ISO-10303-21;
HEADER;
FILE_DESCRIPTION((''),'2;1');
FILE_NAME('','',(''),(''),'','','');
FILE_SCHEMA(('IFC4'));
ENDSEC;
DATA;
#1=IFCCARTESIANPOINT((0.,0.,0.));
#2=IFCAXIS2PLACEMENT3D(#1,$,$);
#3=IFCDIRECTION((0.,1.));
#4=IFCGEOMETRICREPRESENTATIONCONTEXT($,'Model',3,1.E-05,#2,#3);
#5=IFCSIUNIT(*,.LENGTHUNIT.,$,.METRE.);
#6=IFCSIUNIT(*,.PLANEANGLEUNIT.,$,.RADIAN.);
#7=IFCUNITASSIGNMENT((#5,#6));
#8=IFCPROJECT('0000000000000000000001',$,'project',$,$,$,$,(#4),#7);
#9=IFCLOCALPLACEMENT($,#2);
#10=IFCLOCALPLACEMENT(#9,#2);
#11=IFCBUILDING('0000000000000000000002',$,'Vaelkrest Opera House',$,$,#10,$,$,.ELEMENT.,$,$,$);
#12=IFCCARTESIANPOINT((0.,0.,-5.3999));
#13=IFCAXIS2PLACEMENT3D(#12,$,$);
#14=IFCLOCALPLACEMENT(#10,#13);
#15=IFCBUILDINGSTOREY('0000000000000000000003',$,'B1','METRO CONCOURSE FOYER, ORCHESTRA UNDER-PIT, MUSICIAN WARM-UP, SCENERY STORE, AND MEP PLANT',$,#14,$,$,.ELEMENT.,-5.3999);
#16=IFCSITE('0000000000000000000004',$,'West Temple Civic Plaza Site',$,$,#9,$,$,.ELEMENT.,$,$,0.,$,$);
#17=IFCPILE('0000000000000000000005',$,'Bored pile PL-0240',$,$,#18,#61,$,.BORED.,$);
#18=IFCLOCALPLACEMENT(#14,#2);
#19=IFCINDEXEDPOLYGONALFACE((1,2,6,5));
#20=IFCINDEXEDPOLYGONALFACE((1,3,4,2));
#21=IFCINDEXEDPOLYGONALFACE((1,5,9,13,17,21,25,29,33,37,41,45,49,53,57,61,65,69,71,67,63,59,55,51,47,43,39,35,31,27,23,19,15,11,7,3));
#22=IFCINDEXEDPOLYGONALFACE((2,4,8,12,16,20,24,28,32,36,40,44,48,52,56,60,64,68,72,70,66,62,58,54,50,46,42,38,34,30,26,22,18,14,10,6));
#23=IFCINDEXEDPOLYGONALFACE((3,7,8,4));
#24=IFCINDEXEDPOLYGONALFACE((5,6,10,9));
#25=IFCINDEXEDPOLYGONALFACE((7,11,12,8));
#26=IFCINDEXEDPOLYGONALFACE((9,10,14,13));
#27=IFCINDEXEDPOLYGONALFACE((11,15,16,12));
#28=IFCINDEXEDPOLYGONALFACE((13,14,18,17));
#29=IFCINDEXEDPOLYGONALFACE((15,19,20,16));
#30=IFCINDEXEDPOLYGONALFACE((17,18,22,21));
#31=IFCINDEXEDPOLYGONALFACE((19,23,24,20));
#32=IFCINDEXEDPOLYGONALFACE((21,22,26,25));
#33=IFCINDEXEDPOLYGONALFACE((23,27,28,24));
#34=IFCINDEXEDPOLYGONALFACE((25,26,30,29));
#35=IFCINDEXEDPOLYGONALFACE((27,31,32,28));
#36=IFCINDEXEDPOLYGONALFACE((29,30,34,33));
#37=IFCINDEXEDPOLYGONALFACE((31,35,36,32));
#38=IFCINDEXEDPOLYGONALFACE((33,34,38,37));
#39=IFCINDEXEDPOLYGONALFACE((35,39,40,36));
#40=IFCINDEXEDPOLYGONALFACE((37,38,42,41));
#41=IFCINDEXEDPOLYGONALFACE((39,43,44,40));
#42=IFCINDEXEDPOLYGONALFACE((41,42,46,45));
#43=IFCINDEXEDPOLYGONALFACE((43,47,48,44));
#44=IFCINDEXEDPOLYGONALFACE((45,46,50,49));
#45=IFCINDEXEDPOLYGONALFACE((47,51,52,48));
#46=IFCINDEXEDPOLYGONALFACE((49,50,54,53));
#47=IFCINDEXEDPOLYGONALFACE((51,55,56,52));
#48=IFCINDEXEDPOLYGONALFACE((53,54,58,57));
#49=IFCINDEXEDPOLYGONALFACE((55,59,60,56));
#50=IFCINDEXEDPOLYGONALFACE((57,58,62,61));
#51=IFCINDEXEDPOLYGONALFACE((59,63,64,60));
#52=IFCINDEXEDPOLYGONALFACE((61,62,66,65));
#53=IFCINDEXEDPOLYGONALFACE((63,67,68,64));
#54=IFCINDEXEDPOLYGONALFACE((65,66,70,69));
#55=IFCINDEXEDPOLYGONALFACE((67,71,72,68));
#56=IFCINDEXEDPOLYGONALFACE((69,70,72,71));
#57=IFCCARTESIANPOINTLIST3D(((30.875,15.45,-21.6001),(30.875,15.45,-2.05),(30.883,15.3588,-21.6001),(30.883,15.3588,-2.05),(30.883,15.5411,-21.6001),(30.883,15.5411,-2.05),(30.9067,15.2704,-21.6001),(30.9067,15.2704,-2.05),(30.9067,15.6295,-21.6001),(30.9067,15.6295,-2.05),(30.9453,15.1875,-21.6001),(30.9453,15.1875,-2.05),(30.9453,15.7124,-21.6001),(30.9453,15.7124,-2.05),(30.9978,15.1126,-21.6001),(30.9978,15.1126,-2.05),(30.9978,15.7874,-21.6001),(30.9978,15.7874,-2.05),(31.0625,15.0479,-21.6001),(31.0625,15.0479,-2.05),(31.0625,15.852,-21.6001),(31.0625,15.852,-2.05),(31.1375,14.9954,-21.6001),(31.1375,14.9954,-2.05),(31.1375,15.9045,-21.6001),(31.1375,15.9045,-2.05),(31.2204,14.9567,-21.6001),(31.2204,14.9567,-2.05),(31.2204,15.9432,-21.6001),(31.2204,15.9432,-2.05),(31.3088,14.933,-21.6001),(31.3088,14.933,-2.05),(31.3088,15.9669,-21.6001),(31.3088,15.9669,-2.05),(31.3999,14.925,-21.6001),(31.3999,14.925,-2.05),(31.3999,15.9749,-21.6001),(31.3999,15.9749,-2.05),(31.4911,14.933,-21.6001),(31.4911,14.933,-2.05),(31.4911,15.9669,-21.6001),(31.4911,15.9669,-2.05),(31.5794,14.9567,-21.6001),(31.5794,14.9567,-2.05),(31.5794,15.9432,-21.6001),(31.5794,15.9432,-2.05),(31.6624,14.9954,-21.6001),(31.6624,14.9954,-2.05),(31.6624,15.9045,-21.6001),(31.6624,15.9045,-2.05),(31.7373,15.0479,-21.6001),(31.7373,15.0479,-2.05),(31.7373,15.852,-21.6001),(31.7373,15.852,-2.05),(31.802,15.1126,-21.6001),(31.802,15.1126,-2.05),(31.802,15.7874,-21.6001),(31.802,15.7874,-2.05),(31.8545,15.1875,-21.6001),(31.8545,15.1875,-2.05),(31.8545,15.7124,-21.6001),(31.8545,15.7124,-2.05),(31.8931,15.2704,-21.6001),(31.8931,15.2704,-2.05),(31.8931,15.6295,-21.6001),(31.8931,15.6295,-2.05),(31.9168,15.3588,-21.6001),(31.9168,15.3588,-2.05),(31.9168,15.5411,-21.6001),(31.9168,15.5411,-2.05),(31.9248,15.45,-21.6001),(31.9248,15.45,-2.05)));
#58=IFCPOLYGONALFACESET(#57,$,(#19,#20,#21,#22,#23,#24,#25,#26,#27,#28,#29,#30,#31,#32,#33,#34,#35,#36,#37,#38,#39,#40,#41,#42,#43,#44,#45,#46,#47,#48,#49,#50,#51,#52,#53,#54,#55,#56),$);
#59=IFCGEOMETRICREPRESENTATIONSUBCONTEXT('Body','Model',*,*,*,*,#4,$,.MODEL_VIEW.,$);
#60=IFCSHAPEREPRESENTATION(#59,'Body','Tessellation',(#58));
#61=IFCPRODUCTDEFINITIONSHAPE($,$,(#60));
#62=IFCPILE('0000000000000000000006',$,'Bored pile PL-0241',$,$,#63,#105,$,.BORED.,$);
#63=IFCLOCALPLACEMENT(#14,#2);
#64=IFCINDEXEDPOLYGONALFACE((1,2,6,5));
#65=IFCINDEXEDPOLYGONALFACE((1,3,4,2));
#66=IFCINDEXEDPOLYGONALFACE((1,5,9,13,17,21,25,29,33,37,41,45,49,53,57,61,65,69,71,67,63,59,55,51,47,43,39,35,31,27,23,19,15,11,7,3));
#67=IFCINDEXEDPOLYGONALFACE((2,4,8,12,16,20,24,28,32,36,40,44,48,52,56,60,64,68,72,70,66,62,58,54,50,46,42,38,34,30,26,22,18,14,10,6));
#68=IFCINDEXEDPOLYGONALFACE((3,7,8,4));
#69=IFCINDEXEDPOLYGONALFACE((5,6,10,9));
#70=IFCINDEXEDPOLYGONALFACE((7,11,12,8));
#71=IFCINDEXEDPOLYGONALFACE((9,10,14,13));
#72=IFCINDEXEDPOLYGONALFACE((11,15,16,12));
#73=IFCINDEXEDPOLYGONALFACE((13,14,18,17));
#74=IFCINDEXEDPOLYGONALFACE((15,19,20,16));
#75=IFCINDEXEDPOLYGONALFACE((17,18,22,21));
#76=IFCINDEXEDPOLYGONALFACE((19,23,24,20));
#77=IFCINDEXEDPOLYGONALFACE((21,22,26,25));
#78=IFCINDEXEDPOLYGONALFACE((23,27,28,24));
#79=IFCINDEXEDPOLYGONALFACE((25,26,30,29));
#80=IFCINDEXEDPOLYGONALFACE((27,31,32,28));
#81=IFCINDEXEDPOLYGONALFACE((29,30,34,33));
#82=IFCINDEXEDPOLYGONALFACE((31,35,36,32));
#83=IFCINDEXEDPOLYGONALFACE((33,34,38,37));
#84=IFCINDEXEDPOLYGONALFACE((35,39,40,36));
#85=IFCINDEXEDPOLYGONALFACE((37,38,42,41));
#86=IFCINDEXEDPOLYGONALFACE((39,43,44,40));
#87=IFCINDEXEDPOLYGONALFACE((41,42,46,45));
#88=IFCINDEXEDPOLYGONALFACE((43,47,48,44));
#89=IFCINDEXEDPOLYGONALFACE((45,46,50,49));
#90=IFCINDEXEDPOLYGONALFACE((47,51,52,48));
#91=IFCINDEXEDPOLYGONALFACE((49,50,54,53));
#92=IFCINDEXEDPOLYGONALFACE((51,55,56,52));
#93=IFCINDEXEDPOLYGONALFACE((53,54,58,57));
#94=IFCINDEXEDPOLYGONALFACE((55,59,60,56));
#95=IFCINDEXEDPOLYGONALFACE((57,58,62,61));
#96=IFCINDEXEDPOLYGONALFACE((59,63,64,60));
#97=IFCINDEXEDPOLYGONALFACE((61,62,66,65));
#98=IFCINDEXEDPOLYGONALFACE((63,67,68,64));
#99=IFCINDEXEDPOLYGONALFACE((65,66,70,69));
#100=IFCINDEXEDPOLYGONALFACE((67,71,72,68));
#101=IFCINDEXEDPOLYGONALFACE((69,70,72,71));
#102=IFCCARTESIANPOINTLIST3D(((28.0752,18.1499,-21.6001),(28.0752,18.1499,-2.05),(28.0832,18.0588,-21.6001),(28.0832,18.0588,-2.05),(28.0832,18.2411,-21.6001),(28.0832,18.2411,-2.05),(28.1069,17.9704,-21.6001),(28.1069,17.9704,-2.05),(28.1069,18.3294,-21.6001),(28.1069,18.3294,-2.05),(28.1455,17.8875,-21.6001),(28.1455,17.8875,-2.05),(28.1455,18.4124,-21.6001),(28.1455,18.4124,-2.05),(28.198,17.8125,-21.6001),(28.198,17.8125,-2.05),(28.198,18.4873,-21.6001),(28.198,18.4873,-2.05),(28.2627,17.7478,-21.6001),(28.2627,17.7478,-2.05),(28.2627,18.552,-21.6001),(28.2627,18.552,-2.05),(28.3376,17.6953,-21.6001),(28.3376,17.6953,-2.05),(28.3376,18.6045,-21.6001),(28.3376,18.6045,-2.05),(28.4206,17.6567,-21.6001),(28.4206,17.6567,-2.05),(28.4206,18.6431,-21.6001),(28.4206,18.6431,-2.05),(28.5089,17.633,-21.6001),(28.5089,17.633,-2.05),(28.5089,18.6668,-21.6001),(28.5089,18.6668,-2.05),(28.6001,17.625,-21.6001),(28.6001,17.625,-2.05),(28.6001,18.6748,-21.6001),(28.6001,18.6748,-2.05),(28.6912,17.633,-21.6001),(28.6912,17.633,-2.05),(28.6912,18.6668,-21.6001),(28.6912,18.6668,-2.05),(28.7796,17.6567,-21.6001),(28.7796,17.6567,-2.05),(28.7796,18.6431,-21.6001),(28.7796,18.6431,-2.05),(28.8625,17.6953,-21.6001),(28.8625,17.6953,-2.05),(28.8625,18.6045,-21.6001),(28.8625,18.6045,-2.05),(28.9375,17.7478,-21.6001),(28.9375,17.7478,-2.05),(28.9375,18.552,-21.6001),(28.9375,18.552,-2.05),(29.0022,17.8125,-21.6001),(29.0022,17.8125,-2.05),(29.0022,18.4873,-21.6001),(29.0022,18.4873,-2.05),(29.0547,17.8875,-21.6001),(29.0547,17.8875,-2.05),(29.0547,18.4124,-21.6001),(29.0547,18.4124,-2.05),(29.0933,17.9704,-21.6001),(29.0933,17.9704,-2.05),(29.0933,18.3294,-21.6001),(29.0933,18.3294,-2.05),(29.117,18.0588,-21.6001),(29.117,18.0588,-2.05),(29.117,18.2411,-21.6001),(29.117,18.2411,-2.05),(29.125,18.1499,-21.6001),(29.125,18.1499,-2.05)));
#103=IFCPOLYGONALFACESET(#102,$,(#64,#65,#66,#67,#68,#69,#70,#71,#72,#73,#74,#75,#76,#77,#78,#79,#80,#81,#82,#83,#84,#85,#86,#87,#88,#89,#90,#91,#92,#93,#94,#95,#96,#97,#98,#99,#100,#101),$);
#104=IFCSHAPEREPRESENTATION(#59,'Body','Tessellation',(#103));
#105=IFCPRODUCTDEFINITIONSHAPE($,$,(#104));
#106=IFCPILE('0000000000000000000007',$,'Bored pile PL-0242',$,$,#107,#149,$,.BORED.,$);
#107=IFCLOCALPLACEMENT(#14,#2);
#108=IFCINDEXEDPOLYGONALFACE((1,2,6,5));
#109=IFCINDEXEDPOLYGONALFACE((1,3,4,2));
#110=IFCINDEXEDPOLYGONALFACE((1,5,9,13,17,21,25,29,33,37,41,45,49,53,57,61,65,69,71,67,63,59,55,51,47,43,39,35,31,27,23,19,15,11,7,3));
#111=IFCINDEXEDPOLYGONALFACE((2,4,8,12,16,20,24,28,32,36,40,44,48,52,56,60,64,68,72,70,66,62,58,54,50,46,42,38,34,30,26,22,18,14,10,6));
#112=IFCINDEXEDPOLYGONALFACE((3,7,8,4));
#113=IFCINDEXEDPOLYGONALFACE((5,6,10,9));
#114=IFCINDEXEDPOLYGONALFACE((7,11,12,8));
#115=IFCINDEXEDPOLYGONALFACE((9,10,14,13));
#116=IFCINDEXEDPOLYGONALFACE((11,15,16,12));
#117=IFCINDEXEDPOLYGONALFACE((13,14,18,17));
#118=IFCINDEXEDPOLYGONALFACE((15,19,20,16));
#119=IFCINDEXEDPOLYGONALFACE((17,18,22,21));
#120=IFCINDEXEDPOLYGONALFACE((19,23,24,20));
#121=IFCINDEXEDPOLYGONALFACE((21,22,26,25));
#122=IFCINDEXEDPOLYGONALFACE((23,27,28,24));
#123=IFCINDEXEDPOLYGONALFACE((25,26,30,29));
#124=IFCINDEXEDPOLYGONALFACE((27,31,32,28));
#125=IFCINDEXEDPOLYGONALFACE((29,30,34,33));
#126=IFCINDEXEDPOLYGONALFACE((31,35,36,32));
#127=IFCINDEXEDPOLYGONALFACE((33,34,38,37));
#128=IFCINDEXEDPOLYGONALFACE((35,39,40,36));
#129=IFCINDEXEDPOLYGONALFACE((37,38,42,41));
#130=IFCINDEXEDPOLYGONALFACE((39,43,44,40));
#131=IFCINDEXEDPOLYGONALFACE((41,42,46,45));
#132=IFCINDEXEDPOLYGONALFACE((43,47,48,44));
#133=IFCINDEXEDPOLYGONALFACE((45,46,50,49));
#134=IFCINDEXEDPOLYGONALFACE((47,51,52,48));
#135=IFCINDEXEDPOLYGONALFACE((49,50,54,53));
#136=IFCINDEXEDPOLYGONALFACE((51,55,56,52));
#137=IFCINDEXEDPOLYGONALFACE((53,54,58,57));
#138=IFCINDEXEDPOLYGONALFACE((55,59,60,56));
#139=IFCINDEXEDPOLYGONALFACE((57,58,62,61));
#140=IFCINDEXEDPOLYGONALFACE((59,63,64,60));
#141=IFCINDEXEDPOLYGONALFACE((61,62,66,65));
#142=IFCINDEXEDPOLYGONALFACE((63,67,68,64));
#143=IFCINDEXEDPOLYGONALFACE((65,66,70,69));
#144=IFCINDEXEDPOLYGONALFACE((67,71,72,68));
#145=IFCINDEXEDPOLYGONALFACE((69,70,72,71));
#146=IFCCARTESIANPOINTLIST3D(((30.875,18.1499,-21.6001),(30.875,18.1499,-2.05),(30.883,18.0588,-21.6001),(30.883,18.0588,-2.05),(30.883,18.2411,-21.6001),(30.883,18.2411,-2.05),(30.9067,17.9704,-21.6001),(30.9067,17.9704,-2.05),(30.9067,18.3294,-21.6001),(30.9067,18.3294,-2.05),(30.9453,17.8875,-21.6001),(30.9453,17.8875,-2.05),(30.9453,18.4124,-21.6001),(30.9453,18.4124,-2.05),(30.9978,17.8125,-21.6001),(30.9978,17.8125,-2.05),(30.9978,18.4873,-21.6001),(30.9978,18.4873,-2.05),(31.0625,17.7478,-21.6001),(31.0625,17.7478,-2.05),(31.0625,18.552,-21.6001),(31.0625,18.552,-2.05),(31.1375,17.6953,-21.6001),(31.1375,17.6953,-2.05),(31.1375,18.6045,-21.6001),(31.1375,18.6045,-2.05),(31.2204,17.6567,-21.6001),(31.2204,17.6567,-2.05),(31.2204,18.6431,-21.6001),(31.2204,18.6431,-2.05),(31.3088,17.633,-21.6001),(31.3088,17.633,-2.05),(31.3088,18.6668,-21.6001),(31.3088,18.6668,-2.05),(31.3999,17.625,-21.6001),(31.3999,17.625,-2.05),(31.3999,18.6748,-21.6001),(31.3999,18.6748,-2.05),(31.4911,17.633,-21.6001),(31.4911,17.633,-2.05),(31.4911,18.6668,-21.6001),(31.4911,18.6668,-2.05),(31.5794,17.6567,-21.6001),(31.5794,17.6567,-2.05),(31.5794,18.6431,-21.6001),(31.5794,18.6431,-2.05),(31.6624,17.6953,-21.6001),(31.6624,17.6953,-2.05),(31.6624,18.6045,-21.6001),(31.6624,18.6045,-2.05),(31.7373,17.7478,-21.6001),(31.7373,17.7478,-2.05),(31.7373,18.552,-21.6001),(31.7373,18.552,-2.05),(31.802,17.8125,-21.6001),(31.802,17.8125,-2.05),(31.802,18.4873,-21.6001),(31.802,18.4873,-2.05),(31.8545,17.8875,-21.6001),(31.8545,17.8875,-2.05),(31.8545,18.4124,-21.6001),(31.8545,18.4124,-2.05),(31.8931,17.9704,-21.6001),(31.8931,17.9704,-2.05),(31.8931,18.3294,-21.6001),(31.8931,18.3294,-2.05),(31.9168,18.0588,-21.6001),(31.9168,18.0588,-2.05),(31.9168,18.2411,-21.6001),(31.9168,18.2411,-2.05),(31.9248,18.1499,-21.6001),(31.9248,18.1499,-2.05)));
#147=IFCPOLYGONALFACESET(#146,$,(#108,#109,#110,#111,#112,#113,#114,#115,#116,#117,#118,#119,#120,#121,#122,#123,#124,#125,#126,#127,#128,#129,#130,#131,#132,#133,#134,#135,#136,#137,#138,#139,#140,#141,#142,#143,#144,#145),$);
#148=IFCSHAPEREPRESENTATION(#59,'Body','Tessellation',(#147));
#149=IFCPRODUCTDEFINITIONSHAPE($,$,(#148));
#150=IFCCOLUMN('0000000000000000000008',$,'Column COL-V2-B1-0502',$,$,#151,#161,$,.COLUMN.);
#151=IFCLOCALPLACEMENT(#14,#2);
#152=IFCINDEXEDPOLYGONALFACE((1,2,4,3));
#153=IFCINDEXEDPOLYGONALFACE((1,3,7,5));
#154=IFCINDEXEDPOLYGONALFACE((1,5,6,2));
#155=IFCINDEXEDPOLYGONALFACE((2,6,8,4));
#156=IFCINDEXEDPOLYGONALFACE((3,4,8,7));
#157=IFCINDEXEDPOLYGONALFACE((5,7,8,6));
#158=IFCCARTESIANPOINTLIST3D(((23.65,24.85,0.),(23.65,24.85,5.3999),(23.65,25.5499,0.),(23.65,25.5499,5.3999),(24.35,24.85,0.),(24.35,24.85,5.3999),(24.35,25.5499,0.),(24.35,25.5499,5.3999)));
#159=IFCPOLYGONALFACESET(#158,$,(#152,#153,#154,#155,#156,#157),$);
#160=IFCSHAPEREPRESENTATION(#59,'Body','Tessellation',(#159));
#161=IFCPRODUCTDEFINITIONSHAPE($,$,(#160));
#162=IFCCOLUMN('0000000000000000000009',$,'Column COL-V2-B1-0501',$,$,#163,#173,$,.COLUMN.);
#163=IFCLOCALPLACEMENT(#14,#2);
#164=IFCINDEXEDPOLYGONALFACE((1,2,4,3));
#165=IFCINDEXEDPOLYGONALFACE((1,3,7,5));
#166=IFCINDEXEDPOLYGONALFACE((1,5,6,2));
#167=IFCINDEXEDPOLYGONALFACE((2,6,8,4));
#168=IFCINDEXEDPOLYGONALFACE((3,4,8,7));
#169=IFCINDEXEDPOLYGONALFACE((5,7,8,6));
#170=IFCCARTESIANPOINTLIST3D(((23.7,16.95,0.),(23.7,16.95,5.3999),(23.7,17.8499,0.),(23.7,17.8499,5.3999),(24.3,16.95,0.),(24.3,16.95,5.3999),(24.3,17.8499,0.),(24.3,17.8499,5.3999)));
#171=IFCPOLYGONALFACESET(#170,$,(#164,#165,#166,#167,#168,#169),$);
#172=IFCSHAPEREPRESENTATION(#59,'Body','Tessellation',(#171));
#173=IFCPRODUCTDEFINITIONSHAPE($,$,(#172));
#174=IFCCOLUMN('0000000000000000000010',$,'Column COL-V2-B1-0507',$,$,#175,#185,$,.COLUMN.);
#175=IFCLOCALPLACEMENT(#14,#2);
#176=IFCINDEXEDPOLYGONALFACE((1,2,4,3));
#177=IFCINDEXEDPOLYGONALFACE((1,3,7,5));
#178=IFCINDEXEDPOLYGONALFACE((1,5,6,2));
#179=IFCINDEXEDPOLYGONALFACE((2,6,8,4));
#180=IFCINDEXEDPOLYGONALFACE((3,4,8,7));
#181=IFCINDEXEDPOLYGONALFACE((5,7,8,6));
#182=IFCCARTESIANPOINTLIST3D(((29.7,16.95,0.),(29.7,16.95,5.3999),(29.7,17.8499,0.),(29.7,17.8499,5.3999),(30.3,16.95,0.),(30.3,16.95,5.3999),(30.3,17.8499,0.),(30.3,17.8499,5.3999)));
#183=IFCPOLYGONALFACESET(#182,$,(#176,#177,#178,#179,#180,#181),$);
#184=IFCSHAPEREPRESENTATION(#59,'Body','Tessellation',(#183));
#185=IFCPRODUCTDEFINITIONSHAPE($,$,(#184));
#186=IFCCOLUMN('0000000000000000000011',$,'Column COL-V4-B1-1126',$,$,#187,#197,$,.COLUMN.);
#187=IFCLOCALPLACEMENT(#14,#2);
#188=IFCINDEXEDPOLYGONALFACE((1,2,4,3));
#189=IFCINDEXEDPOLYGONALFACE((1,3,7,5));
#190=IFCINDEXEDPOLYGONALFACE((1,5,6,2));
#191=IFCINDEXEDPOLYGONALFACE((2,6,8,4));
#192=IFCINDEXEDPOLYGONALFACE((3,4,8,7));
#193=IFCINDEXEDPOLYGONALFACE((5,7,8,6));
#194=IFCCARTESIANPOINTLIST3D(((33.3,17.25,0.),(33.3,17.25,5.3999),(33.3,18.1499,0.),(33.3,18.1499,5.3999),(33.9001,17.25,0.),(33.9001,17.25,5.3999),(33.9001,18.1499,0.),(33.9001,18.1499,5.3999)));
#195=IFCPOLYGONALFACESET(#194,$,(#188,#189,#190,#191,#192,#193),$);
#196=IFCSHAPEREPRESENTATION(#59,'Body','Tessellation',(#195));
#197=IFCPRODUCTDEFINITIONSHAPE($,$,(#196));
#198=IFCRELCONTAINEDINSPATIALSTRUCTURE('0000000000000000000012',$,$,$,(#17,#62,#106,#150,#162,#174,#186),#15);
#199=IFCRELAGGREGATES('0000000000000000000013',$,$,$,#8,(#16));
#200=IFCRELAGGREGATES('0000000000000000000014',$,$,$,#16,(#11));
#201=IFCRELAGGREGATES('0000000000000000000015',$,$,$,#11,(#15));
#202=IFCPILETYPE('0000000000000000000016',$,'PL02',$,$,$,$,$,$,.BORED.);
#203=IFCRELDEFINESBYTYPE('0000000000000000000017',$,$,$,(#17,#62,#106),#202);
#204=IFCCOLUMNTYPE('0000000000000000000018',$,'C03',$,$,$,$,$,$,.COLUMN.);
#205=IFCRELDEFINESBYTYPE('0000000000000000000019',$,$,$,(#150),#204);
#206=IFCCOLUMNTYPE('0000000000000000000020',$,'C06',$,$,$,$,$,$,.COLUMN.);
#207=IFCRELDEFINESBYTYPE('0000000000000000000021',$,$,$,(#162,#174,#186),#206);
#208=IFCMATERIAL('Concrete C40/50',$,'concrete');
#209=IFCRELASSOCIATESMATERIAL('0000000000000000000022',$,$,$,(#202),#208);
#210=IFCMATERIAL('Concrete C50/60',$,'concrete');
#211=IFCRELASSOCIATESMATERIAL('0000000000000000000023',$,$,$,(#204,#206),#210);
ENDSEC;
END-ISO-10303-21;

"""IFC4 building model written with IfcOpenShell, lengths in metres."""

from ifc_helpers import new_model, si_unit, direction, frame, origin, origin_2d, place, context, subcontext, project, spatial, rectangle, circle, extrude, material, material_profile, profile_set, type_object, element, save


model = new_model("IFC4")

# Units and contexts
model_context = context("Model", 3, precision=1e-05, world=origin(), true_north=direction((0.0, 1.0)))
body_context = subcontext(model_context, "Body", "Model", "MODEL_VIEW")
ifc_project = project(units=[si_unit("LENGTHUNIT", "METRE"), si_unit("PLANEANGLEUNIT", "RADIAN")], contexts=[model_context])

# Site, building, storey
site_placement = place(None, origin())
site = spatial("IfcSite", under=ifc_project, at=site_placement, Name="West Temple Civic Plaza Site", CompositionType="ELEMENT", RefElevation=0.0)
building_placement = place(site_placement, origin())
building = spatial("IfcBuilding", under=site, at=building_placement, Name="Vaelkrest Opera House", CompositionType="ELEMENT")
storey_placement = place(building_placement, frame((0.0, 0.0, -5.3999)))
storey = spatial("IfcBuildingStorey", under=building, at=storey_placement, Name="B1", Description="METRO CONCOURSE FOYER, ORCHESTRA UNDER-PIT, MUSICIAN WARM-UP, SCENERY STORE, AND MEP PLANT", CompositionType="ELEMENT", Elevation=-5.3999)

# Shared definitions
ifc_material_1 = material(Name="Concrete C40/50", Category="concrete")

# Piles
ifc_material_profile_1 = material_profile(ifc_material_1, circle(Radius=0.5249, at=origin_2d()), Name="PILE1050")
ifc_profile_set_1 = profile_set([ifc_material_profile_1], Name="Concrete C40/50")
pile_type_1 = type_object("IfcPileType", Name="PL02", PredefinedType="BORED", material=ifc_profile_set_1)
for number, where, z_axis, x_axis, name in (
    (1, (31.3999, 15.45, -2.05), (0.0, 0.0, -1.0), (1.0, 0.0, 0.0), "Bored pile PL-0240"),
    (2, (28.6001, 18.1499, -2.05), (0.0, 0.0, -1.0), (1.0, 0.0, 0.0), "Bored pile PL-0241"),
    (3, (31.3999, 18.1499, -2.05), (0.0, 0.0, -1.0), (1.0, 0.0, 0.0), "Bored pile PL-0242"),
):
    element("IfcPile", number, at=place(storey_placement, frame(where, z_axis=z_axis, x_axis=x_axis)), inside=storey, type_object=pile_type_1, Name=name, PredefinedType="BORED", context=body_context, shape_type="SweptSolid", body=[
        extrude(circle(Radius=0.5249, at=origin_2d()), origin(), (0.0, 0.0, 1.0), 19.55),
    ])

# Columns
ifc_material_2 = material(Name="Concrete C50/60", Category="concrete")
ifc_material_profile_2 = material_profile(ifc_material_2, rectangle(XDim=0.7, YDim=0.7, at=origin_2d()), Name="RC700X700")
ifc_profile_set_2 = profile_set([ifc_material_profile_2], Name="Concrete C50/60")
column_type_1 = type_object("IfcColumnType", Name="C03", PredefinedType="COLUMN", material=ifc_profile_set_2)
column_placement = place(storey_placement, frame((24.0, 25.2, 0.0), z_axis=(0.0, 0.0, 1.0), x_axis=(1.0, 0.0, 0.0)))
element("IfcColumn", 4, at=column_placement, inside=storey, type_object=column_type_1, Name="Column COL-V2-B1-0502", PredefinedType="COLUMN", context=body_context, shape_type="SweptSolid", body=[
    extrude(rectangle(XDim=0.7, YDim=0.7, at=origin_2d()), origin(), (0.0, 0.0, 1.0), 5.3999),
])
ifc_material_profile_3 = material_profile(ifc_material_2, rectangle(XDim=0.6001, YDim=0.8999, at=origin_2d()), Name="RC600X900")
ifc_profile_set_3 = profile_set([ifc_material_profile_3], Name="Concrete C50/60")
column_type_2 = type_object("IfcColumnType", Name="C06", PredefinedType="COLUMN", material=ifc_profile_set_3)
for number, where, z_axis, x_axis, name in (
    (5, (24.0, 17.3999, 0.0), (0.0, 0.0, 1.0), (1.0, 0.0, 0.0), "Column COL-V2-B1-0501"),
    (6, (30.0, 17.3999, 0.0), (0.0, 0.0, 1.0), (1.0, 0.0, 0.0), "Column COL-V2-B1-0507"),
    (7, (33.6001, 17.7, 0.0), (0.0, 0.0, 1.0), (1.0, 0.0, 0.0), "Column COL-V4-B1-1126"),
):
    element("IfcColumn", number, at=place(storey_placement, frame(where, z_axis=z_axis, x_axis=x_axis)), inside=storey, type_object=column_type_2, Name=name, PredefinedType="COLUMN", context=body_context, shape_type="SweptSolid", body=[
        extrude(rectangle(XDim=0.6001, YDim=0.8999, at=origin_2d()), origin(), (0.0, 0.0, 1.0), 5.3999),
    ])

save(model, "model.ifc")
